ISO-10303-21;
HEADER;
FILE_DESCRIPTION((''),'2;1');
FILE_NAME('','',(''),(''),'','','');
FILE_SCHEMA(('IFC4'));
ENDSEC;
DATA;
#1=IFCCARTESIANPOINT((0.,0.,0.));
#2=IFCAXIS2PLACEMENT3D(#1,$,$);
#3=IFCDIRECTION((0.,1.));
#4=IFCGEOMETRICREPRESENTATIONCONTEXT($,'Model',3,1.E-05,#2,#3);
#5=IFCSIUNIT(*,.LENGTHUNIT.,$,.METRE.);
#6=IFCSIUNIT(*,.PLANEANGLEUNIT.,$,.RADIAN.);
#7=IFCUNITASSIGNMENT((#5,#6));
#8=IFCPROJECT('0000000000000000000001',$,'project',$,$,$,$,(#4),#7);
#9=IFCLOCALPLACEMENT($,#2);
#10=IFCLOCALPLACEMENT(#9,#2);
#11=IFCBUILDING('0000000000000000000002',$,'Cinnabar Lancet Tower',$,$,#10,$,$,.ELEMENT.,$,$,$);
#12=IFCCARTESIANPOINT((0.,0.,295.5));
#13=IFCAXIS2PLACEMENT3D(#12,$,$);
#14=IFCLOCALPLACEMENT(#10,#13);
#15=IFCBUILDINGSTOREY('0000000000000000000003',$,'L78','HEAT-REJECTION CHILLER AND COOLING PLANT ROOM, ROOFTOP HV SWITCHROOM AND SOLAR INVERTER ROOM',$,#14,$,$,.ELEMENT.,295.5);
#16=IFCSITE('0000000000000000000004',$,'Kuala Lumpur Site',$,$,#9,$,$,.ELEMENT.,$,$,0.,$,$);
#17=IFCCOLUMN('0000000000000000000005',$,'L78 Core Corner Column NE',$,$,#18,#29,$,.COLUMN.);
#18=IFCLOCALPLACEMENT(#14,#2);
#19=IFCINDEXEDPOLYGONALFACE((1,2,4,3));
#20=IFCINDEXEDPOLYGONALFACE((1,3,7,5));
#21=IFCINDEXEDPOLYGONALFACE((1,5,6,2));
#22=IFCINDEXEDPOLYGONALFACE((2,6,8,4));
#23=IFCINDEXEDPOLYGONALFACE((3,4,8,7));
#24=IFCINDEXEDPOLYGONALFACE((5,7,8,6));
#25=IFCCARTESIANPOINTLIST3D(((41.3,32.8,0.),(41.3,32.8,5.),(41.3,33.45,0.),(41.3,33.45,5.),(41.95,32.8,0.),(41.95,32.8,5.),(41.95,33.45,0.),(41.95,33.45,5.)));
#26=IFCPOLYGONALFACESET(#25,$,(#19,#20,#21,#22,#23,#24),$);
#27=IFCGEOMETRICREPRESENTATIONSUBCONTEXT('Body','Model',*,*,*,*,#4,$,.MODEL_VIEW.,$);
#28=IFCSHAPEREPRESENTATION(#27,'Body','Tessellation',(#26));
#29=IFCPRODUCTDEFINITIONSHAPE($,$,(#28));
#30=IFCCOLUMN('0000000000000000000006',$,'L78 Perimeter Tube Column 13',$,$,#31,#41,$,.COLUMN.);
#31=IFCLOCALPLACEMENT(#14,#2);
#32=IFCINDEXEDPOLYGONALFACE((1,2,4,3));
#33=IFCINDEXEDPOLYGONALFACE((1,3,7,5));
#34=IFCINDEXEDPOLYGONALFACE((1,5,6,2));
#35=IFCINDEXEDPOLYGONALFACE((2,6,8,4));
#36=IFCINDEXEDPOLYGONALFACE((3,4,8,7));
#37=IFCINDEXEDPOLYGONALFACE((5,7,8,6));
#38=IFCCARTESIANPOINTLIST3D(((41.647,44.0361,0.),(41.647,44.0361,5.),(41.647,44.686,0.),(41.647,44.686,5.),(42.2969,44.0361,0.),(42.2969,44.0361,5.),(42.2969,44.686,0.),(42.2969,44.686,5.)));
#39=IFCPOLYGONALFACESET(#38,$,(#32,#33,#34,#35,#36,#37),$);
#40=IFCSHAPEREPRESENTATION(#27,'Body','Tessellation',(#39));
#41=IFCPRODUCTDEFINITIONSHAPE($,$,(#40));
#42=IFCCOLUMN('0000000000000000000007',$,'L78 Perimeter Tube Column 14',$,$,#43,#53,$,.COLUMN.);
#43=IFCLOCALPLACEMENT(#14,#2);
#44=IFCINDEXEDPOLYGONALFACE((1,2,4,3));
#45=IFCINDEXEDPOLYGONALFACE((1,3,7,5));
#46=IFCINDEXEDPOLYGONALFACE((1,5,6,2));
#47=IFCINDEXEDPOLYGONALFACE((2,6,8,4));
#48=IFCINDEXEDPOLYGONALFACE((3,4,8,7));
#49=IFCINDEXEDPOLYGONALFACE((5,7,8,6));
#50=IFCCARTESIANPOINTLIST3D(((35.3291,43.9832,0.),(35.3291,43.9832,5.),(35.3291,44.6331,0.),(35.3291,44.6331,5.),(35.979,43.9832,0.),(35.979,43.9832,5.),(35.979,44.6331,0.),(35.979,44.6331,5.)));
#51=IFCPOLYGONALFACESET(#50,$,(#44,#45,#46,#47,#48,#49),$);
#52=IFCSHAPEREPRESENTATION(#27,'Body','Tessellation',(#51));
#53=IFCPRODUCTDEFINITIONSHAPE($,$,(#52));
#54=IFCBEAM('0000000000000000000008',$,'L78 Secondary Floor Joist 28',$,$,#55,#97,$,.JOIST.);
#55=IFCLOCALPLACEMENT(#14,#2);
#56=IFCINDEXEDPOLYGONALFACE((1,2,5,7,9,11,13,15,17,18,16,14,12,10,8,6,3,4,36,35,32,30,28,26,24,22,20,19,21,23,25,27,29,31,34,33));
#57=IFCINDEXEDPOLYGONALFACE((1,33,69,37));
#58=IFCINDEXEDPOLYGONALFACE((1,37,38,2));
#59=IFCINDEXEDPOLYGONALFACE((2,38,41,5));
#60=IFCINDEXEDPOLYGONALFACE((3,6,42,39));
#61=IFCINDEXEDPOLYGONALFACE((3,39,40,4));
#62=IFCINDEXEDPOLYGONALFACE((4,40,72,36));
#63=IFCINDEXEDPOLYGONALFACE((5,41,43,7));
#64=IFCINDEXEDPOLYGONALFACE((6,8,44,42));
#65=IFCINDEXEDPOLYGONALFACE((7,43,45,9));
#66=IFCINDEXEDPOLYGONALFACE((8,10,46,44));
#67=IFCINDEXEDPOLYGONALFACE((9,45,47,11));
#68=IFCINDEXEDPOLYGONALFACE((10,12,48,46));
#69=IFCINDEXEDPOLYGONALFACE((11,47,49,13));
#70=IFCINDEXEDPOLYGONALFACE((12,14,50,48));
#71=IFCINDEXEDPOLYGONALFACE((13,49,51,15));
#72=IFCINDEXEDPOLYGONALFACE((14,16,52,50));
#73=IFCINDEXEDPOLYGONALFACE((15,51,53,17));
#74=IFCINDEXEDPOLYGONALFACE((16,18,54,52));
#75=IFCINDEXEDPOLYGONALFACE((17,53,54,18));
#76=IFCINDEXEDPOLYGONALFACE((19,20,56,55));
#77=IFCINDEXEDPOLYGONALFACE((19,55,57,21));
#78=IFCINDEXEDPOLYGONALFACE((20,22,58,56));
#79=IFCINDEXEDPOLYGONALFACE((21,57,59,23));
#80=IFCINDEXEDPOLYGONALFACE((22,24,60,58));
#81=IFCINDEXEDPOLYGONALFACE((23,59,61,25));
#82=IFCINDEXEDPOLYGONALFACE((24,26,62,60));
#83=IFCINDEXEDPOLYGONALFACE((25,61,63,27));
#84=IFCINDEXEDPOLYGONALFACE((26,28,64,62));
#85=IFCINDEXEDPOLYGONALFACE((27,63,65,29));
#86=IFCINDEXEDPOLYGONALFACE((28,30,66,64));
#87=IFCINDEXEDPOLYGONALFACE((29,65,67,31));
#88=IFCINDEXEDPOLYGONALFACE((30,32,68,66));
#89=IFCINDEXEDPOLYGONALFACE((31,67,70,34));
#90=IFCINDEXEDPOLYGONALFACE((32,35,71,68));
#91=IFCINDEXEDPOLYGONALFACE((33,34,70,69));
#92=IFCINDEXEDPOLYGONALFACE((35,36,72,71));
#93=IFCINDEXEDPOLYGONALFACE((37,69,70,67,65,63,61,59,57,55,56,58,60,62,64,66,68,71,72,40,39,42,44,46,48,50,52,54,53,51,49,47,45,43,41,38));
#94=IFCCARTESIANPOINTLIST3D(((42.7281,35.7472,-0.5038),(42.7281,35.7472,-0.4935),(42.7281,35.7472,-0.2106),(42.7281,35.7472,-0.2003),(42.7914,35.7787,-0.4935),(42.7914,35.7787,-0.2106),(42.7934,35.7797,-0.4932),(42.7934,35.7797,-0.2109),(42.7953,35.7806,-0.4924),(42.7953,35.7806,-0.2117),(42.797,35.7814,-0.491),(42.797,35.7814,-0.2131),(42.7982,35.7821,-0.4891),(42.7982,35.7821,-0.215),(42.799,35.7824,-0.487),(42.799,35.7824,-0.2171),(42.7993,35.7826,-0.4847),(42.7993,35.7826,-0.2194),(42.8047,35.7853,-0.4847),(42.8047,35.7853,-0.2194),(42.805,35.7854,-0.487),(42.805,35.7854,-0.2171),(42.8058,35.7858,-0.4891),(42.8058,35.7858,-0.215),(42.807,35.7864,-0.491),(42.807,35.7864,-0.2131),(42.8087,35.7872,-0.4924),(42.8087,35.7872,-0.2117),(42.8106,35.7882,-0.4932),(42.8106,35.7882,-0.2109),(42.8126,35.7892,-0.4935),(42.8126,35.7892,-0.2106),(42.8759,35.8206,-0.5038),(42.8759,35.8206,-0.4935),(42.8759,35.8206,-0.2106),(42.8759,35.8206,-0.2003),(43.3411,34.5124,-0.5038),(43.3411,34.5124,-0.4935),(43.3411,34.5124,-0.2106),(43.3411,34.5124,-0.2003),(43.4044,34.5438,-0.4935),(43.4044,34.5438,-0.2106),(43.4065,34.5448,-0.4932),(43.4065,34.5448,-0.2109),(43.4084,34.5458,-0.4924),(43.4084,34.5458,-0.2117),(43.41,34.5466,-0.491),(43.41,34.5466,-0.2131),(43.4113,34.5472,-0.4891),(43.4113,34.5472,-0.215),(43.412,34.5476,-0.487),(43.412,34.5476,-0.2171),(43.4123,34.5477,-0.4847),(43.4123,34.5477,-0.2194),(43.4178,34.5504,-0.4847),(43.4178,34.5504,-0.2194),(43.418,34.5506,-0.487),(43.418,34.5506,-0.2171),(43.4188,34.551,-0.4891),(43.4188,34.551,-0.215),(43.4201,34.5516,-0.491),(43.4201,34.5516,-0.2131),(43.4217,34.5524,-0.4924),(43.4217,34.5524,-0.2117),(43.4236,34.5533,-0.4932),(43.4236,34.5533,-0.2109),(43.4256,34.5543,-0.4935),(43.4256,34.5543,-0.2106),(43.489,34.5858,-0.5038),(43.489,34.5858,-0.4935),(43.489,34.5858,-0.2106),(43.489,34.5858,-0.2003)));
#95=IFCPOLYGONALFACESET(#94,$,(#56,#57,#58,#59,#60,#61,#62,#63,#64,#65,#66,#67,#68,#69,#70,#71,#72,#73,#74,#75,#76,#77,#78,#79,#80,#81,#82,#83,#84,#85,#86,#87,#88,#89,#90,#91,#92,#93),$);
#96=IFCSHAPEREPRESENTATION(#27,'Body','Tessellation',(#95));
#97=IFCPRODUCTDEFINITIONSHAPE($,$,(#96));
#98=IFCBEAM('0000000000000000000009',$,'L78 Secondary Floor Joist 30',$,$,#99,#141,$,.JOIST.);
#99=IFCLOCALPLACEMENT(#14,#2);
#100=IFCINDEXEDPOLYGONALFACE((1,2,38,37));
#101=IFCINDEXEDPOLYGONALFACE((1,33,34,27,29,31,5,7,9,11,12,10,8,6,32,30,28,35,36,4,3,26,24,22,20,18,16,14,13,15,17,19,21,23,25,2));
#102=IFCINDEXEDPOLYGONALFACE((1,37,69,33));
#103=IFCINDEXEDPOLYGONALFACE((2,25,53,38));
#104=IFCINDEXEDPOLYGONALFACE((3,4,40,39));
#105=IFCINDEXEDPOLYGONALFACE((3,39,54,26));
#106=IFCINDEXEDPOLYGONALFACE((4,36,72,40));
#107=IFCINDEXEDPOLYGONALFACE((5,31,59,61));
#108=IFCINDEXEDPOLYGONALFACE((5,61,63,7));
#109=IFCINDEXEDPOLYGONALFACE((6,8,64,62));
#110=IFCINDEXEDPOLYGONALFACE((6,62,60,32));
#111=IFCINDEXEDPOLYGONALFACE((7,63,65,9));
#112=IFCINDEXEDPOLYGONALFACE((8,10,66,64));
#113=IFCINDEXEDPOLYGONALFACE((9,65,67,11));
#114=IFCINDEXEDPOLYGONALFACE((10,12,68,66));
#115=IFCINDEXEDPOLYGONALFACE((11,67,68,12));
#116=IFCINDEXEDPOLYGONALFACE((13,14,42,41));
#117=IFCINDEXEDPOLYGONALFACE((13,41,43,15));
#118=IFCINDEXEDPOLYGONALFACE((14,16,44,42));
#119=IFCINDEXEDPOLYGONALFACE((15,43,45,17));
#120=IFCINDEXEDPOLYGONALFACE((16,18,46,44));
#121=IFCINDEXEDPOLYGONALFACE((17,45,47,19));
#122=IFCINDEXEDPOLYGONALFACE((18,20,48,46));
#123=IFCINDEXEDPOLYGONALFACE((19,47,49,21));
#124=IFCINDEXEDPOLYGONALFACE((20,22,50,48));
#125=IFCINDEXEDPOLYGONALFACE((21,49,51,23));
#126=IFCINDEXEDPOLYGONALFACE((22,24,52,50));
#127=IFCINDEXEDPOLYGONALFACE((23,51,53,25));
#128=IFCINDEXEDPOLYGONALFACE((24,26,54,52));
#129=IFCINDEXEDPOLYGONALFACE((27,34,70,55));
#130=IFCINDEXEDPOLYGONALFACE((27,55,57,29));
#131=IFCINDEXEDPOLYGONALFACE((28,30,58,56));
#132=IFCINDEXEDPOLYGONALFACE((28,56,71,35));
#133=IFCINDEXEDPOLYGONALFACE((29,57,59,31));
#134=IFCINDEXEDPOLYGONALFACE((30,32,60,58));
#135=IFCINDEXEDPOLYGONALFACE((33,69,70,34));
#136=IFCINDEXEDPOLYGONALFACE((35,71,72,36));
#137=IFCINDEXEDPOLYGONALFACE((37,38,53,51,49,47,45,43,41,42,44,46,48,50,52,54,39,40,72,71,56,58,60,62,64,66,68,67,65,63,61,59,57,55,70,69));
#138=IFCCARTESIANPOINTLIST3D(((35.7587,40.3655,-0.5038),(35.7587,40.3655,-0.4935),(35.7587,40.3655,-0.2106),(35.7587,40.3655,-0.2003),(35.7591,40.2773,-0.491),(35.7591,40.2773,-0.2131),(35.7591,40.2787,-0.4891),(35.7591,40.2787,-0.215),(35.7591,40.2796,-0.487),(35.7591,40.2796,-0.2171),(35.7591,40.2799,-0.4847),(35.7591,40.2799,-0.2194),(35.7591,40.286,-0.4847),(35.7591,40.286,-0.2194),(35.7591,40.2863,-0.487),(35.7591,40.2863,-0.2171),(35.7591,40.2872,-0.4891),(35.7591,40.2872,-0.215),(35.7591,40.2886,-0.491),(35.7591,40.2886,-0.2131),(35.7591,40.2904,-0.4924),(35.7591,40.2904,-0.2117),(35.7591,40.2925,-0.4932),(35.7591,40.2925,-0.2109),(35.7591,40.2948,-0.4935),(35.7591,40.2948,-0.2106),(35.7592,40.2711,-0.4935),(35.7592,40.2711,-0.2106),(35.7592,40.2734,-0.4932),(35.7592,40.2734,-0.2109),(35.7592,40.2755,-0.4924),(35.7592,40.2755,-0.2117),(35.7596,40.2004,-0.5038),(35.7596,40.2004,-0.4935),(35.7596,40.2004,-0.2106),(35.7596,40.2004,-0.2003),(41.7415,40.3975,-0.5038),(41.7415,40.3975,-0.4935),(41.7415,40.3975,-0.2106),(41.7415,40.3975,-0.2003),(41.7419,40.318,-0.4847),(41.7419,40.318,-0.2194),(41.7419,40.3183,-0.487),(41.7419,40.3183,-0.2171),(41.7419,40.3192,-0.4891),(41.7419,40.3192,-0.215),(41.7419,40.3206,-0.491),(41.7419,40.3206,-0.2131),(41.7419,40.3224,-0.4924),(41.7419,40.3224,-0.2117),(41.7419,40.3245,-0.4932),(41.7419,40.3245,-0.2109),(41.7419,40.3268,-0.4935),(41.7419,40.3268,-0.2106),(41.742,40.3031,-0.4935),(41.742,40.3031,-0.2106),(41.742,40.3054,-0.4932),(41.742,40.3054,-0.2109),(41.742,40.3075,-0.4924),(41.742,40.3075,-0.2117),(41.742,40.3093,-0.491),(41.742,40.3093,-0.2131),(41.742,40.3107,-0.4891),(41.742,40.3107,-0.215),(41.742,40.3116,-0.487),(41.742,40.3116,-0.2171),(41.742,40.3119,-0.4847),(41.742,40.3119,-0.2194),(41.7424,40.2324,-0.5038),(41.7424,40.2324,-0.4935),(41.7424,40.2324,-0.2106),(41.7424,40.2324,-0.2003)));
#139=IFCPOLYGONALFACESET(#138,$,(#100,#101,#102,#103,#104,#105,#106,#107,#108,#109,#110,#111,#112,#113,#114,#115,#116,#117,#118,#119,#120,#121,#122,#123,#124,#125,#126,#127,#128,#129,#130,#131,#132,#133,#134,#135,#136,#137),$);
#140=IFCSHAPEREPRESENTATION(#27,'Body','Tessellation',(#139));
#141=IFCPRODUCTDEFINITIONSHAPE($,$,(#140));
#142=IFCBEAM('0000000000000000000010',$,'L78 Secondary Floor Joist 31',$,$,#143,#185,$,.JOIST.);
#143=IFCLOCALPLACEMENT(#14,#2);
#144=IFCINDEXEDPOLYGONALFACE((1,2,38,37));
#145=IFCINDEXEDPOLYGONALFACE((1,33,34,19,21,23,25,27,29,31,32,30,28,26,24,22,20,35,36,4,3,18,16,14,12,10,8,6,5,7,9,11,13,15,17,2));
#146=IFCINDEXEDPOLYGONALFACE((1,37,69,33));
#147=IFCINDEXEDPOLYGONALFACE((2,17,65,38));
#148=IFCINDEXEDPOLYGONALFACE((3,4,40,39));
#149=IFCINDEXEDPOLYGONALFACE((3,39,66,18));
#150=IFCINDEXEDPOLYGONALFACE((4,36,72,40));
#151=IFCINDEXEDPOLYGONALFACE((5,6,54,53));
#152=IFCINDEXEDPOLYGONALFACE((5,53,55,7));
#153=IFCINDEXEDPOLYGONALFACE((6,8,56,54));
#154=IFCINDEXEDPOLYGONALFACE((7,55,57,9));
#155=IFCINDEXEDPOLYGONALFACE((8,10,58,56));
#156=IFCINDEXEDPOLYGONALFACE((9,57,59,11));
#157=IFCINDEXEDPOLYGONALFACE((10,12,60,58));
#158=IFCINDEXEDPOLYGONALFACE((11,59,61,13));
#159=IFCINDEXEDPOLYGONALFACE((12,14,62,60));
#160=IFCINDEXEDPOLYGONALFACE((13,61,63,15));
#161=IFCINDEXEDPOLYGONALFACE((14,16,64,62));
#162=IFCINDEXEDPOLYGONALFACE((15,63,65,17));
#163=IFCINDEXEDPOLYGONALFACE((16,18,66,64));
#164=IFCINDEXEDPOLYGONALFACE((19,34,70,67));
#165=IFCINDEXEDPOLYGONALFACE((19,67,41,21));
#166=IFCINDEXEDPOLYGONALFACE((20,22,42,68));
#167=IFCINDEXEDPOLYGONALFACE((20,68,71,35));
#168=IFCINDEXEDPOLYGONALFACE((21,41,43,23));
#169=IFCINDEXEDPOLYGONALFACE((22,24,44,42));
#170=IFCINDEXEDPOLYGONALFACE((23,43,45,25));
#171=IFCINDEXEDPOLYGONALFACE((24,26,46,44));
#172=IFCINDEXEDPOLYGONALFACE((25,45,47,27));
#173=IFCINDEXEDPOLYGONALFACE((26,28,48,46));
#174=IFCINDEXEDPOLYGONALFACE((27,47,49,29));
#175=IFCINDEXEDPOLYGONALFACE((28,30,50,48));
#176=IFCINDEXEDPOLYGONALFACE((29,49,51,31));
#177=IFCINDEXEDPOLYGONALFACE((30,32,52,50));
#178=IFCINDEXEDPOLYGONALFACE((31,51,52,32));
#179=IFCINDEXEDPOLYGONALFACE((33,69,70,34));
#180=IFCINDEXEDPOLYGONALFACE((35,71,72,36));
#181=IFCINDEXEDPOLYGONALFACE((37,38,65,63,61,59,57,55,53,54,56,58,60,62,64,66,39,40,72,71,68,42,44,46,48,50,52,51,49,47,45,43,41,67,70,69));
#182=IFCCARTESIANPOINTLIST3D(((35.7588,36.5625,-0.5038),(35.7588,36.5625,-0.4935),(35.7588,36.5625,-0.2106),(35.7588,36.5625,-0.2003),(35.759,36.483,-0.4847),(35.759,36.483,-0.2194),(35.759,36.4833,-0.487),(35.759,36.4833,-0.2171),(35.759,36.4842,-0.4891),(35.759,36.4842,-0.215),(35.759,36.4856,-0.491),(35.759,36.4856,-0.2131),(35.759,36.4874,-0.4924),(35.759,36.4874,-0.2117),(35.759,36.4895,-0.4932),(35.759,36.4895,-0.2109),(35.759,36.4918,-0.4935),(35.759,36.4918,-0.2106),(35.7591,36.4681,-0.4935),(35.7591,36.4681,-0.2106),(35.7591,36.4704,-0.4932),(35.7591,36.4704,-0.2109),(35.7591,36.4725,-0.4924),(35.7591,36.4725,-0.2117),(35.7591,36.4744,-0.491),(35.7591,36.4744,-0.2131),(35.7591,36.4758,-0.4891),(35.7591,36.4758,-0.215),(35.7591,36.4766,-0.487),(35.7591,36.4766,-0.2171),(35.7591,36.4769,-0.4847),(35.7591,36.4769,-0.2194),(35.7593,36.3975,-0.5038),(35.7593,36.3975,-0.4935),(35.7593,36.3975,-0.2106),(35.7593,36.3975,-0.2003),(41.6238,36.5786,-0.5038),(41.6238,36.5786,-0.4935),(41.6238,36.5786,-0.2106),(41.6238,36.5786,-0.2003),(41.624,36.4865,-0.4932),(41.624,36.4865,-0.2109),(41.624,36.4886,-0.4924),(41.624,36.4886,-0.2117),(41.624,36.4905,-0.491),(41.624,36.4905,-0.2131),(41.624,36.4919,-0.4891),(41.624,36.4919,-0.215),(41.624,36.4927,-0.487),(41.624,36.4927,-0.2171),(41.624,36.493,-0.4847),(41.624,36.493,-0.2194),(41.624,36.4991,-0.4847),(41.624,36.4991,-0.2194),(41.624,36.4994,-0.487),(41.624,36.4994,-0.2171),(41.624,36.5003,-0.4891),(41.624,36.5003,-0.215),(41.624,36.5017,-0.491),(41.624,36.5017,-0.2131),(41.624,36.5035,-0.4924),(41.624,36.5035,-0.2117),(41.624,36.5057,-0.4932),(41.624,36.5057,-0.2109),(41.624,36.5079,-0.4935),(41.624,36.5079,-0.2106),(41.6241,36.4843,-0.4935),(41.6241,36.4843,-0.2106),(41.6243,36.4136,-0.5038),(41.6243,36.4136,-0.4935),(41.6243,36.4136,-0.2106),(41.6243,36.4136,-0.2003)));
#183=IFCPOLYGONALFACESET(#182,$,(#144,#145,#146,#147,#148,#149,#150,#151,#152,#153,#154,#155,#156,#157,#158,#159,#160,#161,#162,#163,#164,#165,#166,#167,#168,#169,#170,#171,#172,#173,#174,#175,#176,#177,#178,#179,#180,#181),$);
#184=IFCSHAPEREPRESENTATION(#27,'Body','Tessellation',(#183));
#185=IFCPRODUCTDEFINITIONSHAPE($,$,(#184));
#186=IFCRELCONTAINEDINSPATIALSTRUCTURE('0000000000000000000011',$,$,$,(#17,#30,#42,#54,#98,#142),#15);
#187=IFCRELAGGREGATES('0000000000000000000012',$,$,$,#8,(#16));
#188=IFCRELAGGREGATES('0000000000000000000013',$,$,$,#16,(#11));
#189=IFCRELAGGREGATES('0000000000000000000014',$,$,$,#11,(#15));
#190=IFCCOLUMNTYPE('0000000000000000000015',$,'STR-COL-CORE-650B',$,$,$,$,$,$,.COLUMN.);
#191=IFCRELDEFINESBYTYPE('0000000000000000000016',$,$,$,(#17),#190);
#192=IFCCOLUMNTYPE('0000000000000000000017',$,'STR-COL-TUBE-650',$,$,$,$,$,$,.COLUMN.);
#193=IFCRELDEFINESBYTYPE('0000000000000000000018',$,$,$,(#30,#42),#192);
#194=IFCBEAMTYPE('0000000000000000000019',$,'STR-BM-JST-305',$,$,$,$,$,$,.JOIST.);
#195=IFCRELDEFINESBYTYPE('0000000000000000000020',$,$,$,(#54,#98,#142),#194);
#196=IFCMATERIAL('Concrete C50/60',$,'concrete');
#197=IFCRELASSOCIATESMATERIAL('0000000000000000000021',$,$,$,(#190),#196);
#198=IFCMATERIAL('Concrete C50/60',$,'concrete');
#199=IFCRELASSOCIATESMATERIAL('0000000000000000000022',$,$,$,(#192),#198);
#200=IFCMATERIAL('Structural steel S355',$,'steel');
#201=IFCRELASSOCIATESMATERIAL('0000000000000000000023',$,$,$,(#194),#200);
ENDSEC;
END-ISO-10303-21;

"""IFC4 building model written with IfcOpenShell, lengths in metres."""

from ifc_helpers import new_model, si_unit, direction, frame, origin, origin_2d, place, context, subcontext, project, spatial, rectangle, i_section, extrude, material, material_profile, profile_set, type_object, element, save


model = new_model("IFC4")

# Units and contexts
model_context = context("Model", 3, precision=1e-05, world=origin(), true_north=direction((0.0, 1.0)))
body_context = subcontext(model_context, "Body", "Model", "MODEL_VIEW")
ifc_project = project(units=[si_unit("LENGTHUNIT", "METRE"), si_unit("PLANEANGLEUNIT", "RADIAN")], contexts=[model_context])

# Site, building, storey
site_placement = place(None, origin())
site = spatial("IfcSite", under=ifc_project, at=site_placement, Name="Kuala Lumpur Site", CompositionType="ELEMENT", RefElevation=0.0)
building_placement = place(site_placement, origin())
building = spatial("IfcBuilding", under=site, at=building_placement, Name="Cinnabar Lancet Tower", CompositionType="ELEMENT")
storey_placement = place(building_placement, frame((0.0, 0.0, 295.5)))
storey = spatial("IfcBuildingStorey", under=building, at=storey_placement, Name="L78", Description="HEAT-REJECTION CHILLER AND COOLING PLANT ROOM, ROOFTOP HV SWITCHROOM AND SOLAR INVERTER ROOM", CompositionType="ELEMENT", Elevation=295.5)

# Columns
ifc_material_1 = material(Name="Concrete C50/60", Category="concrete")
ifc_material_profile_1 = material_profile(ifc_material_1, rectangle(XDim=0.6499, YDim=0.6499, at=origin_2d()), Name="RC-COL 650x650")
ifc_profile_set_1 = profile_set([ifc_material_profile_1], Name="Concrete C50/60")
column_type_1 = type_object("IfcColumnType", Name="STR-COL-CORE-650B", PredefinedType="COLUMN", material=ifc_profile_set_1)
column_placement = place(storey_placement, frame((41.625, 33.125, 0.0), z_axis=(0.0, 0.0, 1.0), x_axis=(1.0, 0.0, 0.0)))
element("IfcColumn", 1, at=column_placement, inside=storey, type_object=column_type_1, Name="L78 Core Corner Column NE", PredefinedType="COLUMN", context=body_context, shape_type="SweptSolid", body=[
    extrude(rectangle(XDim=0.6499, YDim=0.6499, at=origin_2d()), origin(), (0.0, 0.0, 1.0), 5.0),
])
ifc_material_2 = material(Name="Concrete C50/60", Category="concrete")
ifc_material_profile_2 = material_profile(ifc_material_2, rectangle(XDim=0.6499, YDim=0.6499, at=origin_2d()), Name="RC-COL 650x650")
ifc_profile_set_2 = profile_set([ifc_material_profile_2], Name="Concrete C50/60")
column_type_2 = type_object("IfcColumnType", Name="STR-COL-TUBE-650", PredefinedType="COLUMN", material=ifc_profile_set_2)
for number, where, z_axis, x_axis, name in (
    (2, (41.9719, 44.3611, 0.0), (0.0, 0.0, 1.0), (1.0, 0.0, 0.0), "L78 Perimeter Tube Column 13"),
    (3, (35.6541, 44.3081, 0.0), (0.0, 0.0, 1.0), (1.0, 0.0, 0.0), "L78 Perimeter Tube Column 14"),
):
    element("IfcColumn", number, at=place(storey_placement, frame(where, z_axis=z_axis, x_axis=x_axis)), inside=storey, type_object=column_type_2, Name=name, PredefinedType="COLUMN", context=body_context, shape_type="SweptSolid", body=[
        extrude(rectangle(XDim=0.6499, YDim=0.6499, at=origin_2d()), origin(), (0.0, 0.0, 1.0), 5.0),
    ])

# Beams
ifc_material_3 = material(Name="Structural steel S355", Category="steel")
ifc_material_profile_3 = material_profile(ifc_material_3, i_section(OverallWidth=0.165, OverallDepth=0.3035, WebThickness=0.0061, FlangeThickness=0.0103, FilletRadius=0.0088, at=origin_2d()), Name="UKB 305x165x40")
ifc_profile_set_3 = profile_set([ifc_material_profile_3], Name="Structural steel S355")
beam_type_1 = type_object("IfcBeamType", Name="STR-BM-JST-305", PredefinedType="JOIST", material=ifc_profile_set_3)
beam_1_placement = place(storey_placement, frame((43.415, 34.5491, -0.3521), z_axis=(-0.444662, 0.895699, 0.0), x_axis=(-0.895699, -0.444662, 0.0)))
element("IfcBeam", 4, at=beam_1_placement, inside=storey, type_object=beam_type_1, Name="L78 Secondary Floor Joist 28", PredefinedType="JOIST", context=body_context, shape_type="SweptSolid", body=[
    extrude(i_section(OverallWidth=0.165, OverallDepth=0.3035, WebThickness=0.0061, FlangeThickness=0.0103, FilletRadius=0.0088, at=origin_2d()), origin(), (0.0, 0.0, 1.0), 1.3787),
])
beam_2_placement = place(storey_placement, frame((41.7419, 40.3149, -0.3521), z_axis=(-0.999986, -0.005346, 0.0), x_axis=(0.005346, -0.999986, 0.0)))
element("IfcBeam", 5, at=beam_2_placement, inside=storey, type_object=beam_type_1, Name="L78 Secondary Floor Joist 30", PredefinedType="JOIST", context=body_context, shape_type="SweptSolid", body=[
    extrude(i_section(OverallWidth=0.165, OverallDepth=0.3035, WebThickness=0.0061, FlangeThickness=0.0103, FilletRadius=0.0088, at=origin_2d()), origin(), (0.0, 0.0, 1.0), 5.9829),
])
beam_3_placement = place(storey_placement, frame((41.624, 36.4961, -0.3521), z_axis=(-0.999996, -0.002747, 0.0), x_axis=(0.002747, -0.999996, 0.0)))
element("IfcBeam", 6, at=beam_3_placement, inside=storey, type_object=beam_type_1, Name="L78 Secondary Floor Joist 31", PredefinedType="JOIST", context=body_context, shape_type="SweptSolid", body=[
    extrude(i_section(OverallWidth=0.165, OverallDepth=0.3035, WebThickness=0.0061, FlangeThickness=0.0103, FilletRadius=0.0088, at=origin_2d()), origin(), (0.0, 0.0, 1.0), 5.865),
])

save(model, "model.ifc")
